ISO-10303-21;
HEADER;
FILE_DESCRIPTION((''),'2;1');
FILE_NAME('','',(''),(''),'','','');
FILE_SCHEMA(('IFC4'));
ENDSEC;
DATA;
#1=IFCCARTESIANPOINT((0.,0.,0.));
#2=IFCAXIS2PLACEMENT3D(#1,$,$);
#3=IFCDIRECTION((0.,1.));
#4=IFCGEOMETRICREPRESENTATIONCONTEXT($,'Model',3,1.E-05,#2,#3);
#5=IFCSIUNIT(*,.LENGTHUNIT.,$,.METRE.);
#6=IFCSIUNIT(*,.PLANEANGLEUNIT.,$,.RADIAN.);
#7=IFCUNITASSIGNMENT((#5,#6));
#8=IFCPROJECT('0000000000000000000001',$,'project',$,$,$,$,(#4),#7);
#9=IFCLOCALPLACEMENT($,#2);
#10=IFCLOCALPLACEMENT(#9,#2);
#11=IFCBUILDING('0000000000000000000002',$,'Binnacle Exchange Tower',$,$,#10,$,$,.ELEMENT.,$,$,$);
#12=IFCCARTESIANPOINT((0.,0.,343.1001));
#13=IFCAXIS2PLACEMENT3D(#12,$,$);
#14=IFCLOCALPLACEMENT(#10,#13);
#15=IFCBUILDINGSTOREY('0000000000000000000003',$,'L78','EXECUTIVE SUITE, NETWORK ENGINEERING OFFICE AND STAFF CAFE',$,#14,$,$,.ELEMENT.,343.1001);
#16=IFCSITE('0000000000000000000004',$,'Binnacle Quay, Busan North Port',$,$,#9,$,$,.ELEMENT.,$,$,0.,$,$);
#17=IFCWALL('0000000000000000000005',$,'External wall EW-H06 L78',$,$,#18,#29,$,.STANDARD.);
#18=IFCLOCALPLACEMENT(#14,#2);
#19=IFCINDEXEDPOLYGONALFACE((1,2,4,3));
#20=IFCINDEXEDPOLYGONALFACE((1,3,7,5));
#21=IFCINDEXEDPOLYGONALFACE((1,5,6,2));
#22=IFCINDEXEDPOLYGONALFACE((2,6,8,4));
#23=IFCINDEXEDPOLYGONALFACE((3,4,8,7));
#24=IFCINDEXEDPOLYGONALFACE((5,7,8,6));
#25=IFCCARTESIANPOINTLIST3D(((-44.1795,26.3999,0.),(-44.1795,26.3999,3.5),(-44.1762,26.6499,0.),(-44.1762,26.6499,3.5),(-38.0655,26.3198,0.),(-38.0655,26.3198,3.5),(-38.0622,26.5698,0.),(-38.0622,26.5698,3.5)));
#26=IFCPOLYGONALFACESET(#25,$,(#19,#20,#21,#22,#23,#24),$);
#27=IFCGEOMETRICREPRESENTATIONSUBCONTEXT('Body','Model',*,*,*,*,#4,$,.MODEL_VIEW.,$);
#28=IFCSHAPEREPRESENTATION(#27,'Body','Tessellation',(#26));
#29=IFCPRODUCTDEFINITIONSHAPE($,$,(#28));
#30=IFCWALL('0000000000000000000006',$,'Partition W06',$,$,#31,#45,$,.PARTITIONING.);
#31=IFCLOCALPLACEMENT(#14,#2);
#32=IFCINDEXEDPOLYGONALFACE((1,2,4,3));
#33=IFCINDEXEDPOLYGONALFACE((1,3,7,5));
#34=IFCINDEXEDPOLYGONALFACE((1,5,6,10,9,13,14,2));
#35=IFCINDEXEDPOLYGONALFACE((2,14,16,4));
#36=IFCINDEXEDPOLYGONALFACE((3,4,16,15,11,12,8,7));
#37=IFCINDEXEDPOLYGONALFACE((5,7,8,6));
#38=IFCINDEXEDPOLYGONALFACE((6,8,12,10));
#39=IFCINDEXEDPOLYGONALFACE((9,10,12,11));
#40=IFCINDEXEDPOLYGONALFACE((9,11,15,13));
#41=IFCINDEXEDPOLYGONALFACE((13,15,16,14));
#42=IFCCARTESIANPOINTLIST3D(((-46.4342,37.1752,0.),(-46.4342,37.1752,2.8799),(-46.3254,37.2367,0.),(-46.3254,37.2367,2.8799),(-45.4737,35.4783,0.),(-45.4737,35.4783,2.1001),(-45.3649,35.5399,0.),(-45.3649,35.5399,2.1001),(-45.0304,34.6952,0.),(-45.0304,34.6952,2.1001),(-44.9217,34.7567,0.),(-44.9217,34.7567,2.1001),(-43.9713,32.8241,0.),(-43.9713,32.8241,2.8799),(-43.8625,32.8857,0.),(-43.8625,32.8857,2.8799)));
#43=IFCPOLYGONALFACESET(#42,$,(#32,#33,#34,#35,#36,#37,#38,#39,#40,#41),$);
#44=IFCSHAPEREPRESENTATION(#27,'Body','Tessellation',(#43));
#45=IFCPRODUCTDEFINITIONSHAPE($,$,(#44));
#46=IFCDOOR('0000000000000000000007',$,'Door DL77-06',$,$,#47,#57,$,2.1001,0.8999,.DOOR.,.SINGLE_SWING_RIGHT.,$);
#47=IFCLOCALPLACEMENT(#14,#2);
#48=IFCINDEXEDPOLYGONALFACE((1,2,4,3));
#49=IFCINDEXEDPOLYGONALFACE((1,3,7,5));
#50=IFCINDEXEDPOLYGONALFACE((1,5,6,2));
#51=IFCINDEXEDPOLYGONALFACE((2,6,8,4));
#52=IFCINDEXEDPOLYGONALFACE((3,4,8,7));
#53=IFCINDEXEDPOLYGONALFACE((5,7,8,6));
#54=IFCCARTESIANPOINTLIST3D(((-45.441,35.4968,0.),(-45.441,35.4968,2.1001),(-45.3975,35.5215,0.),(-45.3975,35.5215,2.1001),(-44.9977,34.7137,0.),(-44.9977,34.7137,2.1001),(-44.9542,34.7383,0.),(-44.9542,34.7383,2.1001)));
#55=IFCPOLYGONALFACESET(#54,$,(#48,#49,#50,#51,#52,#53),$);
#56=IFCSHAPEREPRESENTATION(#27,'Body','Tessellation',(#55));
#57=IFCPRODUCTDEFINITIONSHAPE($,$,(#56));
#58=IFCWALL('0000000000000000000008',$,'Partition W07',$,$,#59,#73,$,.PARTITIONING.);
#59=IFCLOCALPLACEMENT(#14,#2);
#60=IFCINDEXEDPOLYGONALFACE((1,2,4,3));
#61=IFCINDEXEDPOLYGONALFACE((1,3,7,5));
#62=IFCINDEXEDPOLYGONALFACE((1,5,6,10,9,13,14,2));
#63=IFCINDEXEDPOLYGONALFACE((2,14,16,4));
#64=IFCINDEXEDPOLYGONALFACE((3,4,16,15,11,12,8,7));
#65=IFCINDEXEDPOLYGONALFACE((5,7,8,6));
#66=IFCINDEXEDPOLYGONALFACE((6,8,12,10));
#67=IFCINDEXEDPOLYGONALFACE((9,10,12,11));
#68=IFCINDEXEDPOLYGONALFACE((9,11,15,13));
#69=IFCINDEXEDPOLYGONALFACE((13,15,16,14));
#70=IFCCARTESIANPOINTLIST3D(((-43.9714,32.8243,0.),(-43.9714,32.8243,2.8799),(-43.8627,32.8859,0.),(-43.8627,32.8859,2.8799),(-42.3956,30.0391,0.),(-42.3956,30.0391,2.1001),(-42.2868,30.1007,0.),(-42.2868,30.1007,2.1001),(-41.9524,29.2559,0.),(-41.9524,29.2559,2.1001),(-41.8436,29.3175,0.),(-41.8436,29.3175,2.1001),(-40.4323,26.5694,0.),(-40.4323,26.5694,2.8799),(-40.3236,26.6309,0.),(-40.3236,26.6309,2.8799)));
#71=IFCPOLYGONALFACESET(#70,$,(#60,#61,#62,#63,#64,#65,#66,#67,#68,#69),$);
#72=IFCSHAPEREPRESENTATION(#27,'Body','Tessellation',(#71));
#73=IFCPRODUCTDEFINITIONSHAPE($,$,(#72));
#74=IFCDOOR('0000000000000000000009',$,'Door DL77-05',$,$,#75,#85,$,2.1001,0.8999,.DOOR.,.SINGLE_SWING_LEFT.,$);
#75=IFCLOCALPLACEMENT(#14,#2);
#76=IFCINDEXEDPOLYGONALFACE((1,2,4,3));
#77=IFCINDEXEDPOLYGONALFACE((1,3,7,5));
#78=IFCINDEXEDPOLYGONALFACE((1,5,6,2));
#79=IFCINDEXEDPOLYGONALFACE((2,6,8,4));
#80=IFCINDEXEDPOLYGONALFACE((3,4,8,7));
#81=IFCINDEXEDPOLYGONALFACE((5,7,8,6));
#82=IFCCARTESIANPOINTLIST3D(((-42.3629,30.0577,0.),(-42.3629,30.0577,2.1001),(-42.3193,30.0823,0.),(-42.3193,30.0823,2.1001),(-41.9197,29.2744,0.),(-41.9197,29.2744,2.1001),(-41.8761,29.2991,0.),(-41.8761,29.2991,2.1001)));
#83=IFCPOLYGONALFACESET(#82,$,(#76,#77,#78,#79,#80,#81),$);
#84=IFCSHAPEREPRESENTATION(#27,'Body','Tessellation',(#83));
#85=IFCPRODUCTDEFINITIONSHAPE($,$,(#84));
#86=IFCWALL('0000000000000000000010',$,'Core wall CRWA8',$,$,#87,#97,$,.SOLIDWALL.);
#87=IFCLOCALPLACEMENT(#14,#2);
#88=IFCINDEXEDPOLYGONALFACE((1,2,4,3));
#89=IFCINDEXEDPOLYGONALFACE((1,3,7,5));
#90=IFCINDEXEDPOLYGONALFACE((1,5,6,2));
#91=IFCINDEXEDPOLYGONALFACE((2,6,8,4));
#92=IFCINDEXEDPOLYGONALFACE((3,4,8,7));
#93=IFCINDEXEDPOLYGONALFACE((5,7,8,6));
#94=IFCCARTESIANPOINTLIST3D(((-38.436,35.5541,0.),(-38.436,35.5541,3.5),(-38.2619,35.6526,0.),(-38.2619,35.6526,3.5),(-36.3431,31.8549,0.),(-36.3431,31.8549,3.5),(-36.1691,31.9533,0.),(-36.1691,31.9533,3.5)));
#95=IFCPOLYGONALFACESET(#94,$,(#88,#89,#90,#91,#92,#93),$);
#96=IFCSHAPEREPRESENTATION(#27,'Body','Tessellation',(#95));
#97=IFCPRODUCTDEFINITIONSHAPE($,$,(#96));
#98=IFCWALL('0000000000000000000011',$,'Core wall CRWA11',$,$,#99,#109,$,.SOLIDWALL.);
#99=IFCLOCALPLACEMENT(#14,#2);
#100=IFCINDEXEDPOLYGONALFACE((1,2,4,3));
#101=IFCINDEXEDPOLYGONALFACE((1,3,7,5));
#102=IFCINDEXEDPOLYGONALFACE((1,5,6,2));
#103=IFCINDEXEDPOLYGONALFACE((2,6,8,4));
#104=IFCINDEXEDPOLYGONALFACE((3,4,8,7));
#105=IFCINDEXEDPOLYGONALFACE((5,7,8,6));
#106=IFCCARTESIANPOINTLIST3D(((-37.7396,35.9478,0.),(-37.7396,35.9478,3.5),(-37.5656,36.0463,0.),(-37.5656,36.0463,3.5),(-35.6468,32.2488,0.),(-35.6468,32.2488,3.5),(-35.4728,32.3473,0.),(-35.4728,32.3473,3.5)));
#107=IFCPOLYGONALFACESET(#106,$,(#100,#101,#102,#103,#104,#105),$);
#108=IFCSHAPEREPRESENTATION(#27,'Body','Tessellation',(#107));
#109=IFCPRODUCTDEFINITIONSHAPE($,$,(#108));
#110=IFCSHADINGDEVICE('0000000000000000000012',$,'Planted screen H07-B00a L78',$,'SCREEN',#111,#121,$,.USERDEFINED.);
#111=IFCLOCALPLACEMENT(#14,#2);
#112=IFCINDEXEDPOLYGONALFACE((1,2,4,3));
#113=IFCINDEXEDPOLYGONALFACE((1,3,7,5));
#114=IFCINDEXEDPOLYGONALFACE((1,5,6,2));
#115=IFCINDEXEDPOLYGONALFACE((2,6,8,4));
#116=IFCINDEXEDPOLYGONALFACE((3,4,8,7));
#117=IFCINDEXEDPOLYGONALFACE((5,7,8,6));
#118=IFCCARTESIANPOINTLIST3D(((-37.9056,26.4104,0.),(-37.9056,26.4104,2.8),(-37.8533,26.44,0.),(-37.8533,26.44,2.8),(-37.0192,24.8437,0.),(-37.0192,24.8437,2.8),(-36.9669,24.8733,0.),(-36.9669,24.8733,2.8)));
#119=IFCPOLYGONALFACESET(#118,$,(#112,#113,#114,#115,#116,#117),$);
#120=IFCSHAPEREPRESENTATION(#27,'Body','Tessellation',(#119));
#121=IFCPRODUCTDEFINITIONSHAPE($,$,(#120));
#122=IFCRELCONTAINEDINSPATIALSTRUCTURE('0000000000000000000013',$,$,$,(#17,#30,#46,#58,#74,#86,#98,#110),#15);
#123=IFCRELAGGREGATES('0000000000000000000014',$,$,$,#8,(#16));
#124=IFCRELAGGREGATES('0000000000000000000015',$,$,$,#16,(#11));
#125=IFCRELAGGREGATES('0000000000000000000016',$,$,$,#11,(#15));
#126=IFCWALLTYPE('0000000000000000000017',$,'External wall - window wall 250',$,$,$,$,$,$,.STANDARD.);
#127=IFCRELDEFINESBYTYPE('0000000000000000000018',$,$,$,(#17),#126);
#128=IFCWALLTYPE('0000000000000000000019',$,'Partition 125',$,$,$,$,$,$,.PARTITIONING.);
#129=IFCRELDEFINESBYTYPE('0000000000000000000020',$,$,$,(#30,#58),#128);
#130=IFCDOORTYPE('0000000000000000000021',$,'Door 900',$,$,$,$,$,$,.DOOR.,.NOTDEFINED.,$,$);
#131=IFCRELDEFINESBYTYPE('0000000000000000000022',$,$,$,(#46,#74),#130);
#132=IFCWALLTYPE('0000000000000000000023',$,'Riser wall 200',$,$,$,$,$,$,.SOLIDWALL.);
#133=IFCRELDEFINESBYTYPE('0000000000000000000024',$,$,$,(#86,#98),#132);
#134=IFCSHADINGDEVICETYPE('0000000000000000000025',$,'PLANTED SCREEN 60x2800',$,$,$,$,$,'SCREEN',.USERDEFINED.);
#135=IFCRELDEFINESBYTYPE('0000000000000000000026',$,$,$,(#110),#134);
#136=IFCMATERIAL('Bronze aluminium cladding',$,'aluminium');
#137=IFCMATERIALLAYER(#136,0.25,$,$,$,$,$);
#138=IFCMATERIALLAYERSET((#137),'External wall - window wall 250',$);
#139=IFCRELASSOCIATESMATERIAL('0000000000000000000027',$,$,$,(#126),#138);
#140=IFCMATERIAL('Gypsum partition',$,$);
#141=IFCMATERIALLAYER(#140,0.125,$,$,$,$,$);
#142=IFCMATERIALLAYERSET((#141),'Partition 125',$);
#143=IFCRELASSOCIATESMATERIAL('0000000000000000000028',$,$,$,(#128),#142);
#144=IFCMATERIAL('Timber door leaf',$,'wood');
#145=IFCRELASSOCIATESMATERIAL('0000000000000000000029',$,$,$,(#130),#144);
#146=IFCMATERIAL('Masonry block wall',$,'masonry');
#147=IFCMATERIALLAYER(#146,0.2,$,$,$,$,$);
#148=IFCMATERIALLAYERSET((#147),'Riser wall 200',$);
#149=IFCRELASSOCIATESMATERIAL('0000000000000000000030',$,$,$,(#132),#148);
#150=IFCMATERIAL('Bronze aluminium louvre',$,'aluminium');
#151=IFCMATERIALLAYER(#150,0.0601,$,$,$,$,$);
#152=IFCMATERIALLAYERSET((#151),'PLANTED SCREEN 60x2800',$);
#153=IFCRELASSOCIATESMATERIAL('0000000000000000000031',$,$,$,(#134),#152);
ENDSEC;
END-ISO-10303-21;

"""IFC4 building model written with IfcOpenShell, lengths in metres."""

from ifc_helpers import new_model, si_unit, direction, frame, frame_2d, origin, origin_2d, place, context, subcontext, project, spatial, rectangle, extrude, material, layer, layer_set, type_object, element, fill, save


model = new_model("IFC4")

# Units and contexts
model_context = context("Model", 3, precision=1e-05, world=origin(), true_north=direction((0.0, 1.0)))
body_context = subcontext(model_context, "Body", "Model", "MODEL_VIEW")
ifc_project = project(units=[si_unit("LENGTHUNIT", "METRE"), si_unit("PLANEANGLEUNIT", "RADIAN")], contexts=[model_context])

# Site, building, storey
site_placement = place(None, origin())
site = spatial("IfcSite", under=ifc_project, at=site_placement, Name="Binnacle Quay, Busan North Port", CompositionType="ELEMENT", RefElevation=0.0)
building_placement = place(site_placement, origin())
building = spatial("IfcBuilding", under=site, at=building_placement, Name="Binnacle Exchange Tower", CompositionType="ELEMENT")
storey_placement = place(building_placement, frame((0.0, 0.0, 343.1001)))
storey = spatial("IfcBuildingStorey", under=building, at=storey_placement, Name="L78", Description="EXECUTIVE SUITE, NETWORK ENGINEERING OFFICE AND STAFF CAFE", CompositionType="ELEMENT", Elevation=343.1001)

# Shared definitions
ifc_material_1 = material(Name="Bronze aluminium cladding", Category="aluminium")
ifc_layer_1 = layer(ifc_material_1, 0.25)
ifc_layer_set_1 = layer_set([ifc_layer_1], Name="External wall - window wall 250")
wall_type_1 = type_object("IfcWallType", Name="External wall - window wall 250", PredefinedType="STANDARD", material=ifc_layer_set_1)

# Wall
wall_1_placement = place(storey_placement, frame((-38.064, 26.4448, 0.0), z_axis=(0.0, 0.0, 1.0), x_axis=(-0.999914, 0.013096, 0.0)))
element("IfcWall", 1, at=wall_1_placement, inside=storey, type_object=wall_type_1, Name="External wall EW-H06 L78", PredefinedType="STANDARD", context=body_context, shape_type="SweptSolid", body=[
    extrude(rectangle(XDim=6.1145, YDim=0.25, at=frame_2d((3.0571, 0.0))), origin(), (0.0, 0.0, 1.0), 3.5),
])

# Walls, openings, doors
ifc_material_2 = material(Name="Gypsum partition")
ifc_layer_2 = layer(ifc_material_2, 0.125)
ifc_layer_set_2 = layer_set([ifc_layer_2], Name="Partition 125")
wall_type_2 = type_object("IfcWallType", Name="Partition 125", PredefinedType="PARTITIONING", material=ifc_layer_set_2)
wall_2_placement = place(storey_placement, frame((-46.3799, 37.2061, 0.0), z_axis=(0.0, 0.0, 1.0), x_axis=(0.492601, -0.870255, 0.0)))
wall_2 = element("IfcWall", 2, at=wall_2_placement, inside=storey, type_object=wall_type_2, Name="Partition W06", PredefinedType="PARTITIONING", context=body_context, shape_type="SweptSolid", body=[
    extrude(rectangle(XDim=4.9998, YDim=0.125, at=frame_2d((2.5, 0.0))), origin(), (0.0, 0.0, 1.0), 2.8799),
])
opening_1_placement = place(wall_2_placement, frame((1.95, 0.0, 0.0)))
opening_1 = element("IfcOpeningElement", 3, at=opening_1_placement, cuts=wall_2, PredefinedType="OPENING", context=body_context, shape_type="SweptSolid", body=[
    extrude(rectangle(XDim=0.8999, YDim=2.1001, at=frame_2d((0.45, 1.05))), frame((0.0, 0.0725, 0.0), z_axis=(0.0, -1.0, 0.0), x_axis=(1.0, 0.0, 0.0)), (0.0, 0.0, 1.0), 0.145),
])
ifc_material_3 = material(Name="Timber door leaf", Category="wood")
door_type_1 = type_object("IfcDoorType", Name="Door 900", OperationType="NOTDEFINED", PredefinedType="DOOR", material=ifc_material_3)
door_1_placement = place(opening_1_placement, frame((0.8999, 0.0, 0.0), z_axis=(0.0, 0.0, 1.0), x_axis=(-1.0, 0.0, 0.0)))
door_1 = element("IfcDoor", 4, at=door_1_placement, inside=storey, type_object=door_type_1, Name="Door DL77-06", OperationType="SINGLE_SWING_RIGHT", OverallHeight=2.1001, OverallWidth=0.8999, PredefinedType="DOOR", context=body_context, shape_type="SweptSolid", body=[
    extrude(rectangle(XDim=0.8999, YDim=2.1001, at=frame_2d((0.45, 1.05))), frame((0.0, 0.0249, 0.0), z_axis=(0.0, -1.0, 0.0), x_axis=(1.0, 0.0, 0.0)), (0.0, 0.0, 1.0), 0.05),
])
fill(opening_1, door_1)
wall_3_placement = place(storey_placement, frame((-43.917, 32.855, 0.0), z_axis=(0.0, 0.0, 1.0), x_axis=(0.492447, -0.870343, 0.0)))
wall_3 = element("IfcWall", 5, at=wall_3_placement, inside=storey, type_object=wall_type_2, Name="Partition W07", PredefinedType="PARTITIONING", context=body_context, shape_type="SweptSolid", body=[
    extrude(rectangle(XDim=7.1868, YDim=0.125, at=frame_2d((3.5933, 0.0))), origin(), (0.0, 0.0, 1.0), 2.8799),
])
opening_2_placement = place(wall_3_placement, frame((3.2, 0.0, 0.0)))
opening_2 = element("IfcOpeningElement", 6, at=opening_2_placement, cuts=wall_3, PredefinedType="OPENING", context=body_context, shape_type="SweptSolid", body=[
    extrude(rectangle(XDim=0.8999, YDim=2.1001, at=frame_2d((0.45, 1.05))), frame((0.0, 0.0725, 0.0), z_axis=(0.0, -1.0, 0.0), x_axis=(1.0, 0.0, 0.0)), (0.0, 0.0, 1.0), 0.145),
])
door_2_placement = place(opening_2_placement, frame((0.8999, 0.0, 0.0), z_axis=(0.0, 0.0, 1.0), x_axis=(-1.0, 0.0, 0.0)))
door_2 = element("IfcDoor", 7, at=door_2_placement, inside=storey, type_object=door_type_1, Name="Door DL77-05", OperationType="SINGLE_SWING_LEFT", OverallHeight=2.1001, OverallWidth=0.8999, PredefinedType="DOOR", context=body_context, shape_type="SweptSolid", body=[
    extrude(rectangle(XDim=0.8999, YDim=2.1001, at=frame_2d((0.45, 1.05))), frame((0.0, 0.0249, 0.0), z_axis=(0.0, -1.0, 0.0), x_axis=(1.0, 0.0, 0.0)), (0.0, 0.0, 1.0), 0.05),
])
fill(opening_2, door_2)

# Walls
ifc_material_4 = material(Name="Masonry block wall", Category="masonry")
ifc_layer_3 = layer(ifc_material_4, 0.2)
ifc_layer_set_3 = layer_set([ifc_layer_3], Name="Riser wall 200")
wall_type_3 = type_object("IfcWallType", Name="Riser wall 200", PredefinedType="SOLIDWALL", material=ifc_layer_set_3)
wall_4_placement = place(storey_placement, frame((-38.3489, 35.6033, 0.0), z_axis=(0.0, 0.0, 1.0), x_axis=(0.492398, -0.87037, 0.0)))
element("IfcWall", 8, at=wall_4_placement, inside=storey, type_object=wall_type_3, Name="Core wall CRWA8", PredefinedType="SOLIDWALL", context=body_context, shape_type="SweptSolid", body=[
    extrude(rectangle(XDim=4.2502, YDim=0.2, at=frame_2d((2.125, 0.0))), origin(), (0.0, 0.0, 1.0), 3.5),
])
wall_5_placement = place(storey_placement, frame((-37.6526, 35.9971, 0.0), z_axis=(0.0, 0.0, 1.0), x_axis=(0.492423, -0.870356, 0.0)))
element("IfcWall", 9, at=wall_5_placement, inside=storey, type_object=wall_type_3, Name="Core wall CRWA11", PredefinedType="SOLIDWALL", context=body_context, shape_type="SweptSolid", body=[
    extrude(rectangle(XDim=4.25, YDim=0.2, at=frame_2d((2.125, 0.0))), origin(), (0.0, 0.0, 1.0), 3.5),
])

# Shading device
ifc_material_5 = material(Name="Bronze aluminium louvre", Category="aluminium")
ifc_layer_4 = layer(ifc_material_5, 0.0601)
ifc_layer_set_4 = layer_set([ifc_layer_4], Name="PLANTED SCREEN 60x2800")
shading_device_type = type_object("IfcShadingDeviceType", Name="PLANTED SCREEN 60x2800", ElementType="SCREEN", PredefinedType="USERDEFINED", material=ifc_layer_set_4)
shading_device_placement = place(storey_placement, frame((-37.4363, 25.6418, 0.0), z_axis=(0.0, 0.0, 1.0), x_axis=(0.870356, 0.492424, 0.0)))
element("IfcShadingDevice", 10, at=shading_device_placement, inside=storey, type_object=shading_device_type, Name="Planted screen H07-B00a L78", ObjectType="SCREEN", PredefinedType="USERDEFINED", context=body_context, shape_type="SweptSolid", body=[
    extrude(rectangle(XDim=0.0601, YDim=1.8, at=origin_2d()), origin(), (0.0, 0.0, 1.0), 2.8),
])

save(model, "model.ifc")
